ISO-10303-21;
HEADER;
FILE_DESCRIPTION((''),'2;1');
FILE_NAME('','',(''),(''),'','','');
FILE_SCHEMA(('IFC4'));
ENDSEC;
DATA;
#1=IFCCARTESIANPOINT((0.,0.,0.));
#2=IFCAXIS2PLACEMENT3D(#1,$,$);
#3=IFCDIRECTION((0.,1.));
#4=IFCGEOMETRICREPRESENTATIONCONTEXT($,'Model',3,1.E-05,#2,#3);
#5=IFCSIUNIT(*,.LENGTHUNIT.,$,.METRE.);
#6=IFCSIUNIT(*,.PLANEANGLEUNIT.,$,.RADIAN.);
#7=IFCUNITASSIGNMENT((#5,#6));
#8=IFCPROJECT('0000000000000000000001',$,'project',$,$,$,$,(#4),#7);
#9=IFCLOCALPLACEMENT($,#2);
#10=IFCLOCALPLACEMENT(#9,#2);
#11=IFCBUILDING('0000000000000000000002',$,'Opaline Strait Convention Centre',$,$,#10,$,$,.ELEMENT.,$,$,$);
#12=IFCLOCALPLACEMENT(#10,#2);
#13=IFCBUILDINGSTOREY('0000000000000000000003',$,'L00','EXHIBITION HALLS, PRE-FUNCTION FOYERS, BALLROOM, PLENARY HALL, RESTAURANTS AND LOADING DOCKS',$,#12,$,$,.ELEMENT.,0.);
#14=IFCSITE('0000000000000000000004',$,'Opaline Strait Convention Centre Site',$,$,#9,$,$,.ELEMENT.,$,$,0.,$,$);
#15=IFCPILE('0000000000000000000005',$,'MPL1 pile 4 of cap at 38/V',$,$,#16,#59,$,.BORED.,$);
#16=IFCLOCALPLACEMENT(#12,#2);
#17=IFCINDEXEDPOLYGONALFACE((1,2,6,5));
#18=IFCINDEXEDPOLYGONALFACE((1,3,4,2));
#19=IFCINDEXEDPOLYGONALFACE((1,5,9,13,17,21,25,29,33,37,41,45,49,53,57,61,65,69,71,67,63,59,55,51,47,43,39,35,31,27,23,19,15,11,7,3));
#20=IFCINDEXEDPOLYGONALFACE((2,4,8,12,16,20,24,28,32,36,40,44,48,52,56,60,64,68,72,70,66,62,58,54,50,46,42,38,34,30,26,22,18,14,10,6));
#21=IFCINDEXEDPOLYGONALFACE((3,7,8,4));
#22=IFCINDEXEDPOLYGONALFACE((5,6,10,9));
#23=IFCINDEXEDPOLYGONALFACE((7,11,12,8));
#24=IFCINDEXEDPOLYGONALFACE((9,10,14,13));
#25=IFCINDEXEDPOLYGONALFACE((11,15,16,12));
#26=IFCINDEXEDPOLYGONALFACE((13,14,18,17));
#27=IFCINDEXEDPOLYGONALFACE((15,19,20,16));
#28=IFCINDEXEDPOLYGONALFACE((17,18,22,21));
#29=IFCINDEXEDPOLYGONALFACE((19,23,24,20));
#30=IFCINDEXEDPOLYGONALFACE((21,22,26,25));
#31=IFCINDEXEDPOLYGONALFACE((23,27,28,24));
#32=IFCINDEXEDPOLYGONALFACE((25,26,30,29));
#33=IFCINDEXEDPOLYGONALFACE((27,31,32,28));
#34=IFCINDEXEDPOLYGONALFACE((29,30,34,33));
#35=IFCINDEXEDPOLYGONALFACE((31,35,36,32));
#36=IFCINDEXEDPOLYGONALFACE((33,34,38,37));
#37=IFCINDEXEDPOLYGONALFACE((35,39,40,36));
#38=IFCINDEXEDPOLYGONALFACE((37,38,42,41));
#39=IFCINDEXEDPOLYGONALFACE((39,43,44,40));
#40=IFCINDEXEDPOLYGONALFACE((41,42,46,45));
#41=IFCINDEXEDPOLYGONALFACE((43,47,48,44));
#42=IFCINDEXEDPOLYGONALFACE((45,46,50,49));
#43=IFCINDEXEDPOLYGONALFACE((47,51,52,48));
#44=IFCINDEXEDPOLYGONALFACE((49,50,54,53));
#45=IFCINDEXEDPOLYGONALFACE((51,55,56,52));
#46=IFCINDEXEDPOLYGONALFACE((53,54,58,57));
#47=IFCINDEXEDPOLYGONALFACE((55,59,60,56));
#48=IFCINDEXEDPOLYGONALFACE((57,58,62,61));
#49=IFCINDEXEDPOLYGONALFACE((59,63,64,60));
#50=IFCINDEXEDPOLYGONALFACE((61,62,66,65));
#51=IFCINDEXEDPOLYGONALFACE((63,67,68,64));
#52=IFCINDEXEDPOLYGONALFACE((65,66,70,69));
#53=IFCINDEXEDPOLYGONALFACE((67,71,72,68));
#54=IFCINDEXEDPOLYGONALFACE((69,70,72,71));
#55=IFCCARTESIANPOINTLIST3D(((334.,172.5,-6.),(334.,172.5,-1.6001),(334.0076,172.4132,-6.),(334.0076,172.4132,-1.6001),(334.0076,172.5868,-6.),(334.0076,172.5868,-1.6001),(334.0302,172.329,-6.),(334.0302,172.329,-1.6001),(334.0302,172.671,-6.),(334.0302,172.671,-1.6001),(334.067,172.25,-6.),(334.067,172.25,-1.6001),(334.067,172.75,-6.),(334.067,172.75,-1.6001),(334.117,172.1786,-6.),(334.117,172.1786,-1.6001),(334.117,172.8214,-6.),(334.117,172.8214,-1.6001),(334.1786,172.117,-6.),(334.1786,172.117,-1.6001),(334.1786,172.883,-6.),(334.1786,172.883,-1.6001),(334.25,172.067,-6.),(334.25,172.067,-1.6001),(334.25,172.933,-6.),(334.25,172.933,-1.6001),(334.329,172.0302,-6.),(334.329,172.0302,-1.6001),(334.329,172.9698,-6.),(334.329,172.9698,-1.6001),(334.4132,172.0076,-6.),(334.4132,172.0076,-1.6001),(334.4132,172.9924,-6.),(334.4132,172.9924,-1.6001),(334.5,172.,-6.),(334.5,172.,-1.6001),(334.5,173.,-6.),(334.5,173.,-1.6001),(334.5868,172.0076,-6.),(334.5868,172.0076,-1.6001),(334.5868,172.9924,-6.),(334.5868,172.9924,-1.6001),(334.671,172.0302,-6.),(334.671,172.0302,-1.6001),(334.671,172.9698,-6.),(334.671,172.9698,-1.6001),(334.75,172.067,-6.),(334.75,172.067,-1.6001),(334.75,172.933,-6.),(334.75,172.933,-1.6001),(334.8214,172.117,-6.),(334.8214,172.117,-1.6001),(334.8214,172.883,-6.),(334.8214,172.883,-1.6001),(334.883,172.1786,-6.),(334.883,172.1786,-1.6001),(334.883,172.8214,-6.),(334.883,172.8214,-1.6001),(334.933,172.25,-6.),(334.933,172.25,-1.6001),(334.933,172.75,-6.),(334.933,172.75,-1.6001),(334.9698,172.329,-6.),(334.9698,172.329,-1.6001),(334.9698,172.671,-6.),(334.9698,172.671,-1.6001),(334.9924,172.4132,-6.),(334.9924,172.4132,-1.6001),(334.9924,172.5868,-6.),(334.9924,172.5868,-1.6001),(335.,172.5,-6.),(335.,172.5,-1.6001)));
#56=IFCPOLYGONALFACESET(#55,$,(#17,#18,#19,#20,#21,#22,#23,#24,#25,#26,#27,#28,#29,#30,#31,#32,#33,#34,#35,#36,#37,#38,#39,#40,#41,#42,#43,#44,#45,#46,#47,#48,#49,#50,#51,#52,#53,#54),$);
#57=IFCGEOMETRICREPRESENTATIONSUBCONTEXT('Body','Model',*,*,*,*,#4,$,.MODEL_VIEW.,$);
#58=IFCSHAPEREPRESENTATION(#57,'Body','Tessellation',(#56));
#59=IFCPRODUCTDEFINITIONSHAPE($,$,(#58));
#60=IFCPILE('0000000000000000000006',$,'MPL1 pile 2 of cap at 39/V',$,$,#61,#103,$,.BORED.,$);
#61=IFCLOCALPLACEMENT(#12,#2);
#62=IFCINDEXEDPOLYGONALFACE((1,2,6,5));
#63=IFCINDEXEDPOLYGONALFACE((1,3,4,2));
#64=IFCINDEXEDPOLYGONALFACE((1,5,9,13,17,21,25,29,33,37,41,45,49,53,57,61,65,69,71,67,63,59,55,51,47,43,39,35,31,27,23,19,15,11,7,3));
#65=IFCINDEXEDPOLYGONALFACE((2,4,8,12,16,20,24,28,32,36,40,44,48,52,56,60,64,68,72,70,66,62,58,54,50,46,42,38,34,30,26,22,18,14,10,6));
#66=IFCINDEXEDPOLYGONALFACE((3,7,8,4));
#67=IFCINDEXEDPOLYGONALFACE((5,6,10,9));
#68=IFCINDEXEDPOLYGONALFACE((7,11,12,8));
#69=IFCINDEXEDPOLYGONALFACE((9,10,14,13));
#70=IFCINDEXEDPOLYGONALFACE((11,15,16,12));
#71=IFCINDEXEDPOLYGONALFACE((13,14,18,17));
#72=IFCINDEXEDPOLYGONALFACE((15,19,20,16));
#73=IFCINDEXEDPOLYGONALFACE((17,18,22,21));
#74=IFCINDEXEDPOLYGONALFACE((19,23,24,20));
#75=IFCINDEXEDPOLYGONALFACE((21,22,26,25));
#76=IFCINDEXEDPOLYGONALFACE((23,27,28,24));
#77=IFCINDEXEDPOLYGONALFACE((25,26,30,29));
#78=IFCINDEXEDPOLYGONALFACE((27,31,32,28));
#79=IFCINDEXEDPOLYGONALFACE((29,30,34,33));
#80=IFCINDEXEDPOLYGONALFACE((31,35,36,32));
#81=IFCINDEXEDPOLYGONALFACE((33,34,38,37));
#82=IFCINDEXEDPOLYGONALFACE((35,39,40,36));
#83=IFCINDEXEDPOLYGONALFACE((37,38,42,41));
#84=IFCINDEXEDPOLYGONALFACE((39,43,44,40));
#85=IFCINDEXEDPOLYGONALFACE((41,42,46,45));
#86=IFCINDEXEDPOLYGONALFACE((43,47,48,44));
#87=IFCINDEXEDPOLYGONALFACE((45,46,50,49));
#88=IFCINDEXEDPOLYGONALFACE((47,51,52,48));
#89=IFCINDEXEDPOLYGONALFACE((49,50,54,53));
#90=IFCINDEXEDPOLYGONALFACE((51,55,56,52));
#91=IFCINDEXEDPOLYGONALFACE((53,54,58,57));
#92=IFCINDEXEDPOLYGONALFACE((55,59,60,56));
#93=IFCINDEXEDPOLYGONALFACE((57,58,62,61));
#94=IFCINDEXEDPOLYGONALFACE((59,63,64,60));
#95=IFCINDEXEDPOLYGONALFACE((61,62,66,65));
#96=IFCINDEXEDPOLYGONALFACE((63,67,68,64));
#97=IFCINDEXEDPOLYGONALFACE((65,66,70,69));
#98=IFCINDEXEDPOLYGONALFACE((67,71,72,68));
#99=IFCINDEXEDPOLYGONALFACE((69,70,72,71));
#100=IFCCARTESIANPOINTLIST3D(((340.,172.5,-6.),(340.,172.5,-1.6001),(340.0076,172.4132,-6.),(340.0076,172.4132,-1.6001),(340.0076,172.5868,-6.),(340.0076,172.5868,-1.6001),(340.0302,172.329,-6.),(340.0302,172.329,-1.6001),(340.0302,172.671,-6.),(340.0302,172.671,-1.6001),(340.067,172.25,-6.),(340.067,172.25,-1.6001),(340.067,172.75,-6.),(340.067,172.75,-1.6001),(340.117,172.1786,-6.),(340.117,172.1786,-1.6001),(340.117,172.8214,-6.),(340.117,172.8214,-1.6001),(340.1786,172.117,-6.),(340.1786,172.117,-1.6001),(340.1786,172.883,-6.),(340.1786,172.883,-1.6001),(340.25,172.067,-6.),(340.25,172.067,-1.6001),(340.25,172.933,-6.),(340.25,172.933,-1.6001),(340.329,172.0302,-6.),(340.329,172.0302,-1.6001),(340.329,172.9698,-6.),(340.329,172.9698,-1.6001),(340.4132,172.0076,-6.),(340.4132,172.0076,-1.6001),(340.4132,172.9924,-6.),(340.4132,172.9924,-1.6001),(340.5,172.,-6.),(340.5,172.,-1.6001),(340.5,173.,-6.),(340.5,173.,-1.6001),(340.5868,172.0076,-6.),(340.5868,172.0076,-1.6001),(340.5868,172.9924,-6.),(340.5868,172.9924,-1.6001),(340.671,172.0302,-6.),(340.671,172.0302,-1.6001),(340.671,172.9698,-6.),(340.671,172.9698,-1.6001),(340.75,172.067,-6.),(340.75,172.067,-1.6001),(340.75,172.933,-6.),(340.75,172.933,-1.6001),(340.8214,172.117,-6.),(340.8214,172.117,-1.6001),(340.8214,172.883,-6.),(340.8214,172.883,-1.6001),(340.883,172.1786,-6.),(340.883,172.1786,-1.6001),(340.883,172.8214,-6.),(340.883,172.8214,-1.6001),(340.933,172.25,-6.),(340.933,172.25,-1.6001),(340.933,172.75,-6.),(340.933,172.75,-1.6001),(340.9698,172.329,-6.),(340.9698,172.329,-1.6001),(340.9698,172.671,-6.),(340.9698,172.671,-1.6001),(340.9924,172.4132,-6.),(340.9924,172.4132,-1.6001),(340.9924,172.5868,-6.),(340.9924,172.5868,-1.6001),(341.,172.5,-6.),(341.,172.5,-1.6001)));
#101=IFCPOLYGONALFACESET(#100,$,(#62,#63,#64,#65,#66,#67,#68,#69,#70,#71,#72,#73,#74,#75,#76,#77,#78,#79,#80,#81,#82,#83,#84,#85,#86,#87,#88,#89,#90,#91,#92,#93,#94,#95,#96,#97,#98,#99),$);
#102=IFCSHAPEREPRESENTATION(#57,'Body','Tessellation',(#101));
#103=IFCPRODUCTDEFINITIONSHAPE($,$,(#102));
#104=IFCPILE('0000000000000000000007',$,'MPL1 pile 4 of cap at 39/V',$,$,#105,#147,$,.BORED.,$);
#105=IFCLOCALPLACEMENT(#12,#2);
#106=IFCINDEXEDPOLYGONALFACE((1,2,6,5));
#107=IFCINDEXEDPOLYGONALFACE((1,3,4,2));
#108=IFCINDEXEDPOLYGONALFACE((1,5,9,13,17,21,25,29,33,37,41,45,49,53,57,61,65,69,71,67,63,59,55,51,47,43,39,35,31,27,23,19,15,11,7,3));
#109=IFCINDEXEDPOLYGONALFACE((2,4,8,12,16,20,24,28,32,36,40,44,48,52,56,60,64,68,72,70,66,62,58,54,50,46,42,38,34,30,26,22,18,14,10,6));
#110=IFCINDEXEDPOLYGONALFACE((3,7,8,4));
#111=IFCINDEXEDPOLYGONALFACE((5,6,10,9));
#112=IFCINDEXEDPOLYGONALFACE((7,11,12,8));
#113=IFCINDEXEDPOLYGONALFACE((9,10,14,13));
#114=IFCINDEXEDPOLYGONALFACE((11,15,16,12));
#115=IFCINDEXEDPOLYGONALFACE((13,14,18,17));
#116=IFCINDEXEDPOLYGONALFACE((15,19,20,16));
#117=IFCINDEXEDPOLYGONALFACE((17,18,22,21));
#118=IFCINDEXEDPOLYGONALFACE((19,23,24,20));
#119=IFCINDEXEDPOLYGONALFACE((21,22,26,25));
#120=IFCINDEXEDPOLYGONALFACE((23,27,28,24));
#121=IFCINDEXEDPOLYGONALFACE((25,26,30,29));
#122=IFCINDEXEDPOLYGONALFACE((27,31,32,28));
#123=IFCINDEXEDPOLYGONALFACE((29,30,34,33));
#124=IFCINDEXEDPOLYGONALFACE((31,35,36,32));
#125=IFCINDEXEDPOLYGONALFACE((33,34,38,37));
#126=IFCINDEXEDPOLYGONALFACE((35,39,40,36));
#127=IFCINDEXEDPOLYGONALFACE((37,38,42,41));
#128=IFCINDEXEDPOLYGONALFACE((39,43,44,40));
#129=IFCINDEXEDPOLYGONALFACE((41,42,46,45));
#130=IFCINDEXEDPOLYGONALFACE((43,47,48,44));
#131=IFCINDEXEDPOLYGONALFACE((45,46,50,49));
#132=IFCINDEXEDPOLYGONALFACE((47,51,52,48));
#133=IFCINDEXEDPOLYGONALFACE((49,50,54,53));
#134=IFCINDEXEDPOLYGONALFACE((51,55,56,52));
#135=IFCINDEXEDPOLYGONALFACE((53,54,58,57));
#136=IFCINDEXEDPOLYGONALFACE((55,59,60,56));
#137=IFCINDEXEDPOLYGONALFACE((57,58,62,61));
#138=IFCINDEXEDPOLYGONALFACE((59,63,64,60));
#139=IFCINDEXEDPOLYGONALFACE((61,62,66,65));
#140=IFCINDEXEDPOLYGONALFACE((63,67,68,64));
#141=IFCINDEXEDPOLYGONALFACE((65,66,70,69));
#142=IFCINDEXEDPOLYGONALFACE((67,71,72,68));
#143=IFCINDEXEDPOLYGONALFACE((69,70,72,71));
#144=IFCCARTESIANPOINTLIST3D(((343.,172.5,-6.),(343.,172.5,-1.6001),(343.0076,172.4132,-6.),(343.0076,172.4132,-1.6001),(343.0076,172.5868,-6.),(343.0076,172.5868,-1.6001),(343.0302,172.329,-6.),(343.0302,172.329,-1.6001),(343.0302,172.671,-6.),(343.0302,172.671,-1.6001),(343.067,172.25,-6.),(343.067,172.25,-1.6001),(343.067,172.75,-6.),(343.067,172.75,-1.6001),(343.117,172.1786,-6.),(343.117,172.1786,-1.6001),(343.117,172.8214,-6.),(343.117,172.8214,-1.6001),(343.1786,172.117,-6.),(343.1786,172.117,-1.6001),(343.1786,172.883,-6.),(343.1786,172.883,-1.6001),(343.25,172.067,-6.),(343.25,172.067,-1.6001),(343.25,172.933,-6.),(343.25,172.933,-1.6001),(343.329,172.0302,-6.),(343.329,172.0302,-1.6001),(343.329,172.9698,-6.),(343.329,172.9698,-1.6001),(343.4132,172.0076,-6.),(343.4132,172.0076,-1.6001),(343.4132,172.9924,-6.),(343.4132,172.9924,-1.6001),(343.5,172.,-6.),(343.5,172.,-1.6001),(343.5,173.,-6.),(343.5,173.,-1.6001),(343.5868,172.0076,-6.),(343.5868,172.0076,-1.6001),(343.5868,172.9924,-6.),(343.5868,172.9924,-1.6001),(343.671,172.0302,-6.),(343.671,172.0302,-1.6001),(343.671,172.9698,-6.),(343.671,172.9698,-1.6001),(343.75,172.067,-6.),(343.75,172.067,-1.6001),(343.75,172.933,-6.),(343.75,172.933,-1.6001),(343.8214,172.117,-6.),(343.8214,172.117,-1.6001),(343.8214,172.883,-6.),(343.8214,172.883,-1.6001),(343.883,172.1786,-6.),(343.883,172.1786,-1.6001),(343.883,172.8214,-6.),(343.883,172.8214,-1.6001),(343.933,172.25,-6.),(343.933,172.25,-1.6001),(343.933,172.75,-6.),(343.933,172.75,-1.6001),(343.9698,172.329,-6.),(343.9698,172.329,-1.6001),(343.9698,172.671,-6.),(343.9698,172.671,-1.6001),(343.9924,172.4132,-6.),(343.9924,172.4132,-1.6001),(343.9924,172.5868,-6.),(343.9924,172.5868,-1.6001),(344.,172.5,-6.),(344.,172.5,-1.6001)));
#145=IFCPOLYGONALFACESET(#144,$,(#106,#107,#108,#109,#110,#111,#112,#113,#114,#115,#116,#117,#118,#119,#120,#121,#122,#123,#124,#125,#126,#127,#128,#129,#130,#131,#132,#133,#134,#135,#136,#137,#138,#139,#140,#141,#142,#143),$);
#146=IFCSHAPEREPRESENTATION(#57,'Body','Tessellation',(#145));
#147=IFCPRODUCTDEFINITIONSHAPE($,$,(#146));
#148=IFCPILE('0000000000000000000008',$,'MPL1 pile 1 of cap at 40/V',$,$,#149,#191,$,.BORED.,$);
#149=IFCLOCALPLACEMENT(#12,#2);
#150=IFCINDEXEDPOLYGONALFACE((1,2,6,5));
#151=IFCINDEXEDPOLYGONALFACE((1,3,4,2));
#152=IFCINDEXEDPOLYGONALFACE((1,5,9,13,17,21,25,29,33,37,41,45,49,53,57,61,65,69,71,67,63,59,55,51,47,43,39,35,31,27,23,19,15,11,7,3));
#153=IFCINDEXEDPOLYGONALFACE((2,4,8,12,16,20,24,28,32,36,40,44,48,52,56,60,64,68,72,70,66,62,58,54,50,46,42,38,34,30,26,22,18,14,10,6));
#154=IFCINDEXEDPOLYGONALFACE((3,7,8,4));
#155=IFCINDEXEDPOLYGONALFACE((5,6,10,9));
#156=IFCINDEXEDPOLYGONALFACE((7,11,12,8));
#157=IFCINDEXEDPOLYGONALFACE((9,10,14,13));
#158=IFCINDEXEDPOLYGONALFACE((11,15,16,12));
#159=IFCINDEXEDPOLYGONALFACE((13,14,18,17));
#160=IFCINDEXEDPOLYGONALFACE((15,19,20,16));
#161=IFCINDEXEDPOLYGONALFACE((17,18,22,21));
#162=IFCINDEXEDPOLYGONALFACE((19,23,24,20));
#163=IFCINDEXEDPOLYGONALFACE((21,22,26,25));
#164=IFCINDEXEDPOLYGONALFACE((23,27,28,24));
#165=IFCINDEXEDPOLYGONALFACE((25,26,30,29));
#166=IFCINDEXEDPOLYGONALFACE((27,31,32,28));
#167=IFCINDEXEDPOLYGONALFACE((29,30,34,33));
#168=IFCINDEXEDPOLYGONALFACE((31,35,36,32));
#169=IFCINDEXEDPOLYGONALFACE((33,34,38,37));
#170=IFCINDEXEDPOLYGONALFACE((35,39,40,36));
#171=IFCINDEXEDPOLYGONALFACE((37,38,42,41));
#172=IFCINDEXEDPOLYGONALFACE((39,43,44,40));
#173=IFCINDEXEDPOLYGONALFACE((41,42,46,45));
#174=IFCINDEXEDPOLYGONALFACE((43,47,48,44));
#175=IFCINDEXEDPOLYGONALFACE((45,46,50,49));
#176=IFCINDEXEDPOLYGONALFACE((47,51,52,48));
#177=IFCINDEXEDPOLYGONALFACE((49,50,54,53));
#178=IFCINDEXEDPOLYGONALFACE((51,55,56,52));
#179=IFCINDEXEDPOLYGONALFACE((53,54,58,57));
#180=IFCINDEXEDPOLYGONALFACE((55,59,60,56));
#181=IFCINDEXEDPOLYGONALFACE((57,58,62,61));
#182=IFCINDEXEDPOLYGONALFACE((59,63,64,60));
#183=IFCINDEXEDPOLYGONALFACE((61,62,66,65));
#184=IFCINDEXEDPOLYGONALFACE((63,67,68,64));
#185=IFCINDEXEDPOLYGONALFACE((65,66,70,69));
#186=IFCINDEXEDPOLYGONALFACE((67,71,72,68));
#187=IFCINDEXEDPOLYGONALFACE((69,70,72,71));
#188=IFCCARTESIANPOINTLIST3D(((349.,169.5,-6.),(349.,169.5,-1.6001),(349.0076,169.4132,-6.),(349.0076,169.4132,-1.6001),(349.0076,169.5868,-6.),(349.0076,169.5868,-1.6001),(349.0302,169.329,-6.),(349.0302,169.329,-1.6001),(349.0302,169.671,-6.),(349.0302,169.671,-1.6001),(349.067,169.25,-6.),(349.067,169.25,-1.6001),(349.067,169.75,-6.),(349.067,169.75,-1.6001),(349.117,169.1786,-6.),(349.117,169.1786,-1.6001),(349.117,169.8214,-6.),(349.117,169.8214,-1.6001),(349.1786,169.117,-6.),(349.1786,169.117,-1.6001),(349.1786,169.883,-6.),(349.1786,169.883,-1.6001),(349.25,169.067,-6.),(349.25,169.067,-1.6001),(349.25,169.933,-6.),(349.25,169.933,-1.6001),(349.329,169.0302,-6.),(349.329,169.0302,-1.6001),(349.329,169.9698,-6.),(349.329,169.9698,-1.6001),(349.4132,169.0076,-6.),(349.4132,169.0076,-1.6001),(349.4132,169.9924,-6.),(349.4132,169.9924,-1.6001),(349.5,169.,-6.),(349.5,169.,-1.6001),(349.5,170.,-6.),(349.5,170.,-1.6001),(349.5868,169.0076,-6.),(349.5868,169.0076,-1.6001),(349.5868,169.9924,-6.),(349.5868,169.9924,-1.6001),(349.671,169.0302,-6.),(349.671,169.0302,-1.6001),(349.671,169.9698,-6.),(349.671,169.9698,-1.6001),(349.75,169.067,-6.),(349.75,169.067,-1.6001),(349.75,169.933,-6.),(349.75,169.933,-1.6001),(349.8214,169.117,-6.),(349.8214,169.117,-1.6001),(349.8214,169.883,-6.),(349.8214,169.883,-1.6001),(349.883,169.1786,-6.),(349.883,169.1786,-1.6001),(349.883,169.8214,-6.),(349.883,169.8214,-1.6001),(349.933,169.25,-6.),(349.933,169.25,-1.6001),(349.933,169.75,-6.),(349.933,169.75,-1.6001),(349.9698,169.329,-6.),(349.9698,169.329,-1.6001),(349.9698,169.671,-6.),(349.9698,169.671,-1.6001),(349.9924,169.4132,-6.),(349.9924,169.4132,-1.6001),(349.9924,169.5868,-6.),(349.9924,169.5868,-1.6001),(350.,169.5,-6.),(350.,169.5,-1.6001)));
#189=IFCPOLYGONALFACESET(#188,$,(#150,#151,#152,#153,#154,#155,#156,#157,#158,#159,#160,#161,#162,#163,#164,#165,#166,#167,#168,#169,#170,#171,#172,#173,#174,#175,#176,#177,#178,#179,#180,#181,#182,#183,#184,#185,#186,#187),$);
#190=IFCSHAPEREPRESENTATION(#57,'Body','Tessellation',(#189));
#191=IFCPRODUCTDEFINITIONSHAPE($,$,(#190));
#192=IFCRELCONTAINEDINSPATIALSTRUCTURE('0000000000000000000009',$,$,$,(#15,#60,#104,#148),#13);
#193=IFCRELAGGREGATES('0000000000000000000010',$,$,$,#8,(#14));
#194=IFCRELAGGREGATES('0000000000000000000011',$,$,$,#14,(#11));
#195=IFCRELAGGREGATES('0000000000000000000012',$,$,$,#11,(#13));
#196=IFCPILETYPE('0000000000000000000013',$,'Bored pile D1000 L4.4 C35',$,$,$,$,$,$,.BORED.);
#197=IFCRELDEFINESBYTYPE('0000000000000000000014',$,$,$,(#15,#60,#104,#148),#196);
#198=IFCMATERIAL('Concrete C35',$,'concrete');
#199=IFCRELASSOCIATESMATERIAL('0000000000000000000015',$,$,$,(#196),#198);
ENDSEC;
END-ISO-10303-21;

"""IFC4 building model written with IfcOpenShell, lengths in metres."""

from ifc_helpers import new_model, si_unit, direction, frame, origin, origin_2d, place, context, subcontext, project, spatial, circle, extrude, material, material_profile, profile_set, type_object, element, save


model = new_model("IFC4")

# Units and contexts
model_context = context("Model", 3, precision=1e-05, world=origin(), true_north=direction((0.0, 1.0)))
body_context = subcontext(model_context, "Body", "Model", "MODEL_VIEW")
ifc_project = project(units=[si_unit("LENGTHUNIT", "METRE"), si_unit("PLANEANGLEUNIT", "RADIAN")], contexts=[model_context])

# Site, building, storey
site_placement = place(None, origin())
site = spatial("IfcSite", under=ifc_project, at=site_placement, Name="Opaline Strait Convention Centre Site", CompositionType="ELEMENT", RefElevation=0.0)
building_placement = place(site_placement, origin())
building = spatial("IfcBuilding", under=site, at=building_placement, Name="Opaline Strait Convention Centre", CompositionType="ELEMENT")
storey_placement = place(building_placement, origin())
storey = spatial("IfcBuildingStorey", under=building, at=storey_placement, Name="L00", Description="EXHIBITION HALLS, PRE-FUNCTION FOYERS, BALLROOM, PLENARY HALL, RESTAURANTS AND LOADING DOCKS", CompositionType="ELEMENT", Elevation=0.0)

# Piles
ifc_material_1 = material(Name="Concrete C35", Category="concrete")
ifc_material_profile_1 = material_profile(ifc_material_1, circle(Radius=0.5, at=origin_2d()), Name="D1000")
ifc_profile_set_1 = profile_set([ifc_material_profile_1], Name="Concrete C35")
pile_type = type_object("IfcPileType", Name="Bored pile D1000 L4.4 C35", PredefinedType="BORED", material=ifc_profile_set_1)
for number, where, z_axis, x_axis, name in (
    (1, (334.5, 172.5, -1.6001), (0.0, 0.0, -1.0), (1.0, 0.0, 0.0), "MPL1 pile 4 of cap at 38/V"),
    (2, (340.5, 172.5, -1.6001), (0.0, 0.0, -1.0), (1.0, 0.0, 0.0), "MPL1 pile 2 of cap at 39/V"),
    (3, (343.5, 172.5, -1.6001), (0.0, 0.0, -1.0), (1.0, 0.0, 0.0), "MPL1 pile 4 of cap at 39/V"),
    (4, (349.5, 169.5, -1.6001), (0.0, 0.0, -1.0), (1.0, 0.0, 0.0), "MPL1 pile 1 of cap at 40/V"),
):
    element("IfcPile", number, at=place(storey_placement, frame(where, z_axis=z_axis, x_axis=x_axis)), inside=storey, type_object=pile_type, Name=name, PredefinedType="BORED", context=body_context, shape_type="SweptSolid", body=[
        extrude(circle(Radius=0.5, at=origin_2d()), origin(), (0.0, 0.0, 1.0), 4.3999),
    ])

save(model, "model.ifc")
